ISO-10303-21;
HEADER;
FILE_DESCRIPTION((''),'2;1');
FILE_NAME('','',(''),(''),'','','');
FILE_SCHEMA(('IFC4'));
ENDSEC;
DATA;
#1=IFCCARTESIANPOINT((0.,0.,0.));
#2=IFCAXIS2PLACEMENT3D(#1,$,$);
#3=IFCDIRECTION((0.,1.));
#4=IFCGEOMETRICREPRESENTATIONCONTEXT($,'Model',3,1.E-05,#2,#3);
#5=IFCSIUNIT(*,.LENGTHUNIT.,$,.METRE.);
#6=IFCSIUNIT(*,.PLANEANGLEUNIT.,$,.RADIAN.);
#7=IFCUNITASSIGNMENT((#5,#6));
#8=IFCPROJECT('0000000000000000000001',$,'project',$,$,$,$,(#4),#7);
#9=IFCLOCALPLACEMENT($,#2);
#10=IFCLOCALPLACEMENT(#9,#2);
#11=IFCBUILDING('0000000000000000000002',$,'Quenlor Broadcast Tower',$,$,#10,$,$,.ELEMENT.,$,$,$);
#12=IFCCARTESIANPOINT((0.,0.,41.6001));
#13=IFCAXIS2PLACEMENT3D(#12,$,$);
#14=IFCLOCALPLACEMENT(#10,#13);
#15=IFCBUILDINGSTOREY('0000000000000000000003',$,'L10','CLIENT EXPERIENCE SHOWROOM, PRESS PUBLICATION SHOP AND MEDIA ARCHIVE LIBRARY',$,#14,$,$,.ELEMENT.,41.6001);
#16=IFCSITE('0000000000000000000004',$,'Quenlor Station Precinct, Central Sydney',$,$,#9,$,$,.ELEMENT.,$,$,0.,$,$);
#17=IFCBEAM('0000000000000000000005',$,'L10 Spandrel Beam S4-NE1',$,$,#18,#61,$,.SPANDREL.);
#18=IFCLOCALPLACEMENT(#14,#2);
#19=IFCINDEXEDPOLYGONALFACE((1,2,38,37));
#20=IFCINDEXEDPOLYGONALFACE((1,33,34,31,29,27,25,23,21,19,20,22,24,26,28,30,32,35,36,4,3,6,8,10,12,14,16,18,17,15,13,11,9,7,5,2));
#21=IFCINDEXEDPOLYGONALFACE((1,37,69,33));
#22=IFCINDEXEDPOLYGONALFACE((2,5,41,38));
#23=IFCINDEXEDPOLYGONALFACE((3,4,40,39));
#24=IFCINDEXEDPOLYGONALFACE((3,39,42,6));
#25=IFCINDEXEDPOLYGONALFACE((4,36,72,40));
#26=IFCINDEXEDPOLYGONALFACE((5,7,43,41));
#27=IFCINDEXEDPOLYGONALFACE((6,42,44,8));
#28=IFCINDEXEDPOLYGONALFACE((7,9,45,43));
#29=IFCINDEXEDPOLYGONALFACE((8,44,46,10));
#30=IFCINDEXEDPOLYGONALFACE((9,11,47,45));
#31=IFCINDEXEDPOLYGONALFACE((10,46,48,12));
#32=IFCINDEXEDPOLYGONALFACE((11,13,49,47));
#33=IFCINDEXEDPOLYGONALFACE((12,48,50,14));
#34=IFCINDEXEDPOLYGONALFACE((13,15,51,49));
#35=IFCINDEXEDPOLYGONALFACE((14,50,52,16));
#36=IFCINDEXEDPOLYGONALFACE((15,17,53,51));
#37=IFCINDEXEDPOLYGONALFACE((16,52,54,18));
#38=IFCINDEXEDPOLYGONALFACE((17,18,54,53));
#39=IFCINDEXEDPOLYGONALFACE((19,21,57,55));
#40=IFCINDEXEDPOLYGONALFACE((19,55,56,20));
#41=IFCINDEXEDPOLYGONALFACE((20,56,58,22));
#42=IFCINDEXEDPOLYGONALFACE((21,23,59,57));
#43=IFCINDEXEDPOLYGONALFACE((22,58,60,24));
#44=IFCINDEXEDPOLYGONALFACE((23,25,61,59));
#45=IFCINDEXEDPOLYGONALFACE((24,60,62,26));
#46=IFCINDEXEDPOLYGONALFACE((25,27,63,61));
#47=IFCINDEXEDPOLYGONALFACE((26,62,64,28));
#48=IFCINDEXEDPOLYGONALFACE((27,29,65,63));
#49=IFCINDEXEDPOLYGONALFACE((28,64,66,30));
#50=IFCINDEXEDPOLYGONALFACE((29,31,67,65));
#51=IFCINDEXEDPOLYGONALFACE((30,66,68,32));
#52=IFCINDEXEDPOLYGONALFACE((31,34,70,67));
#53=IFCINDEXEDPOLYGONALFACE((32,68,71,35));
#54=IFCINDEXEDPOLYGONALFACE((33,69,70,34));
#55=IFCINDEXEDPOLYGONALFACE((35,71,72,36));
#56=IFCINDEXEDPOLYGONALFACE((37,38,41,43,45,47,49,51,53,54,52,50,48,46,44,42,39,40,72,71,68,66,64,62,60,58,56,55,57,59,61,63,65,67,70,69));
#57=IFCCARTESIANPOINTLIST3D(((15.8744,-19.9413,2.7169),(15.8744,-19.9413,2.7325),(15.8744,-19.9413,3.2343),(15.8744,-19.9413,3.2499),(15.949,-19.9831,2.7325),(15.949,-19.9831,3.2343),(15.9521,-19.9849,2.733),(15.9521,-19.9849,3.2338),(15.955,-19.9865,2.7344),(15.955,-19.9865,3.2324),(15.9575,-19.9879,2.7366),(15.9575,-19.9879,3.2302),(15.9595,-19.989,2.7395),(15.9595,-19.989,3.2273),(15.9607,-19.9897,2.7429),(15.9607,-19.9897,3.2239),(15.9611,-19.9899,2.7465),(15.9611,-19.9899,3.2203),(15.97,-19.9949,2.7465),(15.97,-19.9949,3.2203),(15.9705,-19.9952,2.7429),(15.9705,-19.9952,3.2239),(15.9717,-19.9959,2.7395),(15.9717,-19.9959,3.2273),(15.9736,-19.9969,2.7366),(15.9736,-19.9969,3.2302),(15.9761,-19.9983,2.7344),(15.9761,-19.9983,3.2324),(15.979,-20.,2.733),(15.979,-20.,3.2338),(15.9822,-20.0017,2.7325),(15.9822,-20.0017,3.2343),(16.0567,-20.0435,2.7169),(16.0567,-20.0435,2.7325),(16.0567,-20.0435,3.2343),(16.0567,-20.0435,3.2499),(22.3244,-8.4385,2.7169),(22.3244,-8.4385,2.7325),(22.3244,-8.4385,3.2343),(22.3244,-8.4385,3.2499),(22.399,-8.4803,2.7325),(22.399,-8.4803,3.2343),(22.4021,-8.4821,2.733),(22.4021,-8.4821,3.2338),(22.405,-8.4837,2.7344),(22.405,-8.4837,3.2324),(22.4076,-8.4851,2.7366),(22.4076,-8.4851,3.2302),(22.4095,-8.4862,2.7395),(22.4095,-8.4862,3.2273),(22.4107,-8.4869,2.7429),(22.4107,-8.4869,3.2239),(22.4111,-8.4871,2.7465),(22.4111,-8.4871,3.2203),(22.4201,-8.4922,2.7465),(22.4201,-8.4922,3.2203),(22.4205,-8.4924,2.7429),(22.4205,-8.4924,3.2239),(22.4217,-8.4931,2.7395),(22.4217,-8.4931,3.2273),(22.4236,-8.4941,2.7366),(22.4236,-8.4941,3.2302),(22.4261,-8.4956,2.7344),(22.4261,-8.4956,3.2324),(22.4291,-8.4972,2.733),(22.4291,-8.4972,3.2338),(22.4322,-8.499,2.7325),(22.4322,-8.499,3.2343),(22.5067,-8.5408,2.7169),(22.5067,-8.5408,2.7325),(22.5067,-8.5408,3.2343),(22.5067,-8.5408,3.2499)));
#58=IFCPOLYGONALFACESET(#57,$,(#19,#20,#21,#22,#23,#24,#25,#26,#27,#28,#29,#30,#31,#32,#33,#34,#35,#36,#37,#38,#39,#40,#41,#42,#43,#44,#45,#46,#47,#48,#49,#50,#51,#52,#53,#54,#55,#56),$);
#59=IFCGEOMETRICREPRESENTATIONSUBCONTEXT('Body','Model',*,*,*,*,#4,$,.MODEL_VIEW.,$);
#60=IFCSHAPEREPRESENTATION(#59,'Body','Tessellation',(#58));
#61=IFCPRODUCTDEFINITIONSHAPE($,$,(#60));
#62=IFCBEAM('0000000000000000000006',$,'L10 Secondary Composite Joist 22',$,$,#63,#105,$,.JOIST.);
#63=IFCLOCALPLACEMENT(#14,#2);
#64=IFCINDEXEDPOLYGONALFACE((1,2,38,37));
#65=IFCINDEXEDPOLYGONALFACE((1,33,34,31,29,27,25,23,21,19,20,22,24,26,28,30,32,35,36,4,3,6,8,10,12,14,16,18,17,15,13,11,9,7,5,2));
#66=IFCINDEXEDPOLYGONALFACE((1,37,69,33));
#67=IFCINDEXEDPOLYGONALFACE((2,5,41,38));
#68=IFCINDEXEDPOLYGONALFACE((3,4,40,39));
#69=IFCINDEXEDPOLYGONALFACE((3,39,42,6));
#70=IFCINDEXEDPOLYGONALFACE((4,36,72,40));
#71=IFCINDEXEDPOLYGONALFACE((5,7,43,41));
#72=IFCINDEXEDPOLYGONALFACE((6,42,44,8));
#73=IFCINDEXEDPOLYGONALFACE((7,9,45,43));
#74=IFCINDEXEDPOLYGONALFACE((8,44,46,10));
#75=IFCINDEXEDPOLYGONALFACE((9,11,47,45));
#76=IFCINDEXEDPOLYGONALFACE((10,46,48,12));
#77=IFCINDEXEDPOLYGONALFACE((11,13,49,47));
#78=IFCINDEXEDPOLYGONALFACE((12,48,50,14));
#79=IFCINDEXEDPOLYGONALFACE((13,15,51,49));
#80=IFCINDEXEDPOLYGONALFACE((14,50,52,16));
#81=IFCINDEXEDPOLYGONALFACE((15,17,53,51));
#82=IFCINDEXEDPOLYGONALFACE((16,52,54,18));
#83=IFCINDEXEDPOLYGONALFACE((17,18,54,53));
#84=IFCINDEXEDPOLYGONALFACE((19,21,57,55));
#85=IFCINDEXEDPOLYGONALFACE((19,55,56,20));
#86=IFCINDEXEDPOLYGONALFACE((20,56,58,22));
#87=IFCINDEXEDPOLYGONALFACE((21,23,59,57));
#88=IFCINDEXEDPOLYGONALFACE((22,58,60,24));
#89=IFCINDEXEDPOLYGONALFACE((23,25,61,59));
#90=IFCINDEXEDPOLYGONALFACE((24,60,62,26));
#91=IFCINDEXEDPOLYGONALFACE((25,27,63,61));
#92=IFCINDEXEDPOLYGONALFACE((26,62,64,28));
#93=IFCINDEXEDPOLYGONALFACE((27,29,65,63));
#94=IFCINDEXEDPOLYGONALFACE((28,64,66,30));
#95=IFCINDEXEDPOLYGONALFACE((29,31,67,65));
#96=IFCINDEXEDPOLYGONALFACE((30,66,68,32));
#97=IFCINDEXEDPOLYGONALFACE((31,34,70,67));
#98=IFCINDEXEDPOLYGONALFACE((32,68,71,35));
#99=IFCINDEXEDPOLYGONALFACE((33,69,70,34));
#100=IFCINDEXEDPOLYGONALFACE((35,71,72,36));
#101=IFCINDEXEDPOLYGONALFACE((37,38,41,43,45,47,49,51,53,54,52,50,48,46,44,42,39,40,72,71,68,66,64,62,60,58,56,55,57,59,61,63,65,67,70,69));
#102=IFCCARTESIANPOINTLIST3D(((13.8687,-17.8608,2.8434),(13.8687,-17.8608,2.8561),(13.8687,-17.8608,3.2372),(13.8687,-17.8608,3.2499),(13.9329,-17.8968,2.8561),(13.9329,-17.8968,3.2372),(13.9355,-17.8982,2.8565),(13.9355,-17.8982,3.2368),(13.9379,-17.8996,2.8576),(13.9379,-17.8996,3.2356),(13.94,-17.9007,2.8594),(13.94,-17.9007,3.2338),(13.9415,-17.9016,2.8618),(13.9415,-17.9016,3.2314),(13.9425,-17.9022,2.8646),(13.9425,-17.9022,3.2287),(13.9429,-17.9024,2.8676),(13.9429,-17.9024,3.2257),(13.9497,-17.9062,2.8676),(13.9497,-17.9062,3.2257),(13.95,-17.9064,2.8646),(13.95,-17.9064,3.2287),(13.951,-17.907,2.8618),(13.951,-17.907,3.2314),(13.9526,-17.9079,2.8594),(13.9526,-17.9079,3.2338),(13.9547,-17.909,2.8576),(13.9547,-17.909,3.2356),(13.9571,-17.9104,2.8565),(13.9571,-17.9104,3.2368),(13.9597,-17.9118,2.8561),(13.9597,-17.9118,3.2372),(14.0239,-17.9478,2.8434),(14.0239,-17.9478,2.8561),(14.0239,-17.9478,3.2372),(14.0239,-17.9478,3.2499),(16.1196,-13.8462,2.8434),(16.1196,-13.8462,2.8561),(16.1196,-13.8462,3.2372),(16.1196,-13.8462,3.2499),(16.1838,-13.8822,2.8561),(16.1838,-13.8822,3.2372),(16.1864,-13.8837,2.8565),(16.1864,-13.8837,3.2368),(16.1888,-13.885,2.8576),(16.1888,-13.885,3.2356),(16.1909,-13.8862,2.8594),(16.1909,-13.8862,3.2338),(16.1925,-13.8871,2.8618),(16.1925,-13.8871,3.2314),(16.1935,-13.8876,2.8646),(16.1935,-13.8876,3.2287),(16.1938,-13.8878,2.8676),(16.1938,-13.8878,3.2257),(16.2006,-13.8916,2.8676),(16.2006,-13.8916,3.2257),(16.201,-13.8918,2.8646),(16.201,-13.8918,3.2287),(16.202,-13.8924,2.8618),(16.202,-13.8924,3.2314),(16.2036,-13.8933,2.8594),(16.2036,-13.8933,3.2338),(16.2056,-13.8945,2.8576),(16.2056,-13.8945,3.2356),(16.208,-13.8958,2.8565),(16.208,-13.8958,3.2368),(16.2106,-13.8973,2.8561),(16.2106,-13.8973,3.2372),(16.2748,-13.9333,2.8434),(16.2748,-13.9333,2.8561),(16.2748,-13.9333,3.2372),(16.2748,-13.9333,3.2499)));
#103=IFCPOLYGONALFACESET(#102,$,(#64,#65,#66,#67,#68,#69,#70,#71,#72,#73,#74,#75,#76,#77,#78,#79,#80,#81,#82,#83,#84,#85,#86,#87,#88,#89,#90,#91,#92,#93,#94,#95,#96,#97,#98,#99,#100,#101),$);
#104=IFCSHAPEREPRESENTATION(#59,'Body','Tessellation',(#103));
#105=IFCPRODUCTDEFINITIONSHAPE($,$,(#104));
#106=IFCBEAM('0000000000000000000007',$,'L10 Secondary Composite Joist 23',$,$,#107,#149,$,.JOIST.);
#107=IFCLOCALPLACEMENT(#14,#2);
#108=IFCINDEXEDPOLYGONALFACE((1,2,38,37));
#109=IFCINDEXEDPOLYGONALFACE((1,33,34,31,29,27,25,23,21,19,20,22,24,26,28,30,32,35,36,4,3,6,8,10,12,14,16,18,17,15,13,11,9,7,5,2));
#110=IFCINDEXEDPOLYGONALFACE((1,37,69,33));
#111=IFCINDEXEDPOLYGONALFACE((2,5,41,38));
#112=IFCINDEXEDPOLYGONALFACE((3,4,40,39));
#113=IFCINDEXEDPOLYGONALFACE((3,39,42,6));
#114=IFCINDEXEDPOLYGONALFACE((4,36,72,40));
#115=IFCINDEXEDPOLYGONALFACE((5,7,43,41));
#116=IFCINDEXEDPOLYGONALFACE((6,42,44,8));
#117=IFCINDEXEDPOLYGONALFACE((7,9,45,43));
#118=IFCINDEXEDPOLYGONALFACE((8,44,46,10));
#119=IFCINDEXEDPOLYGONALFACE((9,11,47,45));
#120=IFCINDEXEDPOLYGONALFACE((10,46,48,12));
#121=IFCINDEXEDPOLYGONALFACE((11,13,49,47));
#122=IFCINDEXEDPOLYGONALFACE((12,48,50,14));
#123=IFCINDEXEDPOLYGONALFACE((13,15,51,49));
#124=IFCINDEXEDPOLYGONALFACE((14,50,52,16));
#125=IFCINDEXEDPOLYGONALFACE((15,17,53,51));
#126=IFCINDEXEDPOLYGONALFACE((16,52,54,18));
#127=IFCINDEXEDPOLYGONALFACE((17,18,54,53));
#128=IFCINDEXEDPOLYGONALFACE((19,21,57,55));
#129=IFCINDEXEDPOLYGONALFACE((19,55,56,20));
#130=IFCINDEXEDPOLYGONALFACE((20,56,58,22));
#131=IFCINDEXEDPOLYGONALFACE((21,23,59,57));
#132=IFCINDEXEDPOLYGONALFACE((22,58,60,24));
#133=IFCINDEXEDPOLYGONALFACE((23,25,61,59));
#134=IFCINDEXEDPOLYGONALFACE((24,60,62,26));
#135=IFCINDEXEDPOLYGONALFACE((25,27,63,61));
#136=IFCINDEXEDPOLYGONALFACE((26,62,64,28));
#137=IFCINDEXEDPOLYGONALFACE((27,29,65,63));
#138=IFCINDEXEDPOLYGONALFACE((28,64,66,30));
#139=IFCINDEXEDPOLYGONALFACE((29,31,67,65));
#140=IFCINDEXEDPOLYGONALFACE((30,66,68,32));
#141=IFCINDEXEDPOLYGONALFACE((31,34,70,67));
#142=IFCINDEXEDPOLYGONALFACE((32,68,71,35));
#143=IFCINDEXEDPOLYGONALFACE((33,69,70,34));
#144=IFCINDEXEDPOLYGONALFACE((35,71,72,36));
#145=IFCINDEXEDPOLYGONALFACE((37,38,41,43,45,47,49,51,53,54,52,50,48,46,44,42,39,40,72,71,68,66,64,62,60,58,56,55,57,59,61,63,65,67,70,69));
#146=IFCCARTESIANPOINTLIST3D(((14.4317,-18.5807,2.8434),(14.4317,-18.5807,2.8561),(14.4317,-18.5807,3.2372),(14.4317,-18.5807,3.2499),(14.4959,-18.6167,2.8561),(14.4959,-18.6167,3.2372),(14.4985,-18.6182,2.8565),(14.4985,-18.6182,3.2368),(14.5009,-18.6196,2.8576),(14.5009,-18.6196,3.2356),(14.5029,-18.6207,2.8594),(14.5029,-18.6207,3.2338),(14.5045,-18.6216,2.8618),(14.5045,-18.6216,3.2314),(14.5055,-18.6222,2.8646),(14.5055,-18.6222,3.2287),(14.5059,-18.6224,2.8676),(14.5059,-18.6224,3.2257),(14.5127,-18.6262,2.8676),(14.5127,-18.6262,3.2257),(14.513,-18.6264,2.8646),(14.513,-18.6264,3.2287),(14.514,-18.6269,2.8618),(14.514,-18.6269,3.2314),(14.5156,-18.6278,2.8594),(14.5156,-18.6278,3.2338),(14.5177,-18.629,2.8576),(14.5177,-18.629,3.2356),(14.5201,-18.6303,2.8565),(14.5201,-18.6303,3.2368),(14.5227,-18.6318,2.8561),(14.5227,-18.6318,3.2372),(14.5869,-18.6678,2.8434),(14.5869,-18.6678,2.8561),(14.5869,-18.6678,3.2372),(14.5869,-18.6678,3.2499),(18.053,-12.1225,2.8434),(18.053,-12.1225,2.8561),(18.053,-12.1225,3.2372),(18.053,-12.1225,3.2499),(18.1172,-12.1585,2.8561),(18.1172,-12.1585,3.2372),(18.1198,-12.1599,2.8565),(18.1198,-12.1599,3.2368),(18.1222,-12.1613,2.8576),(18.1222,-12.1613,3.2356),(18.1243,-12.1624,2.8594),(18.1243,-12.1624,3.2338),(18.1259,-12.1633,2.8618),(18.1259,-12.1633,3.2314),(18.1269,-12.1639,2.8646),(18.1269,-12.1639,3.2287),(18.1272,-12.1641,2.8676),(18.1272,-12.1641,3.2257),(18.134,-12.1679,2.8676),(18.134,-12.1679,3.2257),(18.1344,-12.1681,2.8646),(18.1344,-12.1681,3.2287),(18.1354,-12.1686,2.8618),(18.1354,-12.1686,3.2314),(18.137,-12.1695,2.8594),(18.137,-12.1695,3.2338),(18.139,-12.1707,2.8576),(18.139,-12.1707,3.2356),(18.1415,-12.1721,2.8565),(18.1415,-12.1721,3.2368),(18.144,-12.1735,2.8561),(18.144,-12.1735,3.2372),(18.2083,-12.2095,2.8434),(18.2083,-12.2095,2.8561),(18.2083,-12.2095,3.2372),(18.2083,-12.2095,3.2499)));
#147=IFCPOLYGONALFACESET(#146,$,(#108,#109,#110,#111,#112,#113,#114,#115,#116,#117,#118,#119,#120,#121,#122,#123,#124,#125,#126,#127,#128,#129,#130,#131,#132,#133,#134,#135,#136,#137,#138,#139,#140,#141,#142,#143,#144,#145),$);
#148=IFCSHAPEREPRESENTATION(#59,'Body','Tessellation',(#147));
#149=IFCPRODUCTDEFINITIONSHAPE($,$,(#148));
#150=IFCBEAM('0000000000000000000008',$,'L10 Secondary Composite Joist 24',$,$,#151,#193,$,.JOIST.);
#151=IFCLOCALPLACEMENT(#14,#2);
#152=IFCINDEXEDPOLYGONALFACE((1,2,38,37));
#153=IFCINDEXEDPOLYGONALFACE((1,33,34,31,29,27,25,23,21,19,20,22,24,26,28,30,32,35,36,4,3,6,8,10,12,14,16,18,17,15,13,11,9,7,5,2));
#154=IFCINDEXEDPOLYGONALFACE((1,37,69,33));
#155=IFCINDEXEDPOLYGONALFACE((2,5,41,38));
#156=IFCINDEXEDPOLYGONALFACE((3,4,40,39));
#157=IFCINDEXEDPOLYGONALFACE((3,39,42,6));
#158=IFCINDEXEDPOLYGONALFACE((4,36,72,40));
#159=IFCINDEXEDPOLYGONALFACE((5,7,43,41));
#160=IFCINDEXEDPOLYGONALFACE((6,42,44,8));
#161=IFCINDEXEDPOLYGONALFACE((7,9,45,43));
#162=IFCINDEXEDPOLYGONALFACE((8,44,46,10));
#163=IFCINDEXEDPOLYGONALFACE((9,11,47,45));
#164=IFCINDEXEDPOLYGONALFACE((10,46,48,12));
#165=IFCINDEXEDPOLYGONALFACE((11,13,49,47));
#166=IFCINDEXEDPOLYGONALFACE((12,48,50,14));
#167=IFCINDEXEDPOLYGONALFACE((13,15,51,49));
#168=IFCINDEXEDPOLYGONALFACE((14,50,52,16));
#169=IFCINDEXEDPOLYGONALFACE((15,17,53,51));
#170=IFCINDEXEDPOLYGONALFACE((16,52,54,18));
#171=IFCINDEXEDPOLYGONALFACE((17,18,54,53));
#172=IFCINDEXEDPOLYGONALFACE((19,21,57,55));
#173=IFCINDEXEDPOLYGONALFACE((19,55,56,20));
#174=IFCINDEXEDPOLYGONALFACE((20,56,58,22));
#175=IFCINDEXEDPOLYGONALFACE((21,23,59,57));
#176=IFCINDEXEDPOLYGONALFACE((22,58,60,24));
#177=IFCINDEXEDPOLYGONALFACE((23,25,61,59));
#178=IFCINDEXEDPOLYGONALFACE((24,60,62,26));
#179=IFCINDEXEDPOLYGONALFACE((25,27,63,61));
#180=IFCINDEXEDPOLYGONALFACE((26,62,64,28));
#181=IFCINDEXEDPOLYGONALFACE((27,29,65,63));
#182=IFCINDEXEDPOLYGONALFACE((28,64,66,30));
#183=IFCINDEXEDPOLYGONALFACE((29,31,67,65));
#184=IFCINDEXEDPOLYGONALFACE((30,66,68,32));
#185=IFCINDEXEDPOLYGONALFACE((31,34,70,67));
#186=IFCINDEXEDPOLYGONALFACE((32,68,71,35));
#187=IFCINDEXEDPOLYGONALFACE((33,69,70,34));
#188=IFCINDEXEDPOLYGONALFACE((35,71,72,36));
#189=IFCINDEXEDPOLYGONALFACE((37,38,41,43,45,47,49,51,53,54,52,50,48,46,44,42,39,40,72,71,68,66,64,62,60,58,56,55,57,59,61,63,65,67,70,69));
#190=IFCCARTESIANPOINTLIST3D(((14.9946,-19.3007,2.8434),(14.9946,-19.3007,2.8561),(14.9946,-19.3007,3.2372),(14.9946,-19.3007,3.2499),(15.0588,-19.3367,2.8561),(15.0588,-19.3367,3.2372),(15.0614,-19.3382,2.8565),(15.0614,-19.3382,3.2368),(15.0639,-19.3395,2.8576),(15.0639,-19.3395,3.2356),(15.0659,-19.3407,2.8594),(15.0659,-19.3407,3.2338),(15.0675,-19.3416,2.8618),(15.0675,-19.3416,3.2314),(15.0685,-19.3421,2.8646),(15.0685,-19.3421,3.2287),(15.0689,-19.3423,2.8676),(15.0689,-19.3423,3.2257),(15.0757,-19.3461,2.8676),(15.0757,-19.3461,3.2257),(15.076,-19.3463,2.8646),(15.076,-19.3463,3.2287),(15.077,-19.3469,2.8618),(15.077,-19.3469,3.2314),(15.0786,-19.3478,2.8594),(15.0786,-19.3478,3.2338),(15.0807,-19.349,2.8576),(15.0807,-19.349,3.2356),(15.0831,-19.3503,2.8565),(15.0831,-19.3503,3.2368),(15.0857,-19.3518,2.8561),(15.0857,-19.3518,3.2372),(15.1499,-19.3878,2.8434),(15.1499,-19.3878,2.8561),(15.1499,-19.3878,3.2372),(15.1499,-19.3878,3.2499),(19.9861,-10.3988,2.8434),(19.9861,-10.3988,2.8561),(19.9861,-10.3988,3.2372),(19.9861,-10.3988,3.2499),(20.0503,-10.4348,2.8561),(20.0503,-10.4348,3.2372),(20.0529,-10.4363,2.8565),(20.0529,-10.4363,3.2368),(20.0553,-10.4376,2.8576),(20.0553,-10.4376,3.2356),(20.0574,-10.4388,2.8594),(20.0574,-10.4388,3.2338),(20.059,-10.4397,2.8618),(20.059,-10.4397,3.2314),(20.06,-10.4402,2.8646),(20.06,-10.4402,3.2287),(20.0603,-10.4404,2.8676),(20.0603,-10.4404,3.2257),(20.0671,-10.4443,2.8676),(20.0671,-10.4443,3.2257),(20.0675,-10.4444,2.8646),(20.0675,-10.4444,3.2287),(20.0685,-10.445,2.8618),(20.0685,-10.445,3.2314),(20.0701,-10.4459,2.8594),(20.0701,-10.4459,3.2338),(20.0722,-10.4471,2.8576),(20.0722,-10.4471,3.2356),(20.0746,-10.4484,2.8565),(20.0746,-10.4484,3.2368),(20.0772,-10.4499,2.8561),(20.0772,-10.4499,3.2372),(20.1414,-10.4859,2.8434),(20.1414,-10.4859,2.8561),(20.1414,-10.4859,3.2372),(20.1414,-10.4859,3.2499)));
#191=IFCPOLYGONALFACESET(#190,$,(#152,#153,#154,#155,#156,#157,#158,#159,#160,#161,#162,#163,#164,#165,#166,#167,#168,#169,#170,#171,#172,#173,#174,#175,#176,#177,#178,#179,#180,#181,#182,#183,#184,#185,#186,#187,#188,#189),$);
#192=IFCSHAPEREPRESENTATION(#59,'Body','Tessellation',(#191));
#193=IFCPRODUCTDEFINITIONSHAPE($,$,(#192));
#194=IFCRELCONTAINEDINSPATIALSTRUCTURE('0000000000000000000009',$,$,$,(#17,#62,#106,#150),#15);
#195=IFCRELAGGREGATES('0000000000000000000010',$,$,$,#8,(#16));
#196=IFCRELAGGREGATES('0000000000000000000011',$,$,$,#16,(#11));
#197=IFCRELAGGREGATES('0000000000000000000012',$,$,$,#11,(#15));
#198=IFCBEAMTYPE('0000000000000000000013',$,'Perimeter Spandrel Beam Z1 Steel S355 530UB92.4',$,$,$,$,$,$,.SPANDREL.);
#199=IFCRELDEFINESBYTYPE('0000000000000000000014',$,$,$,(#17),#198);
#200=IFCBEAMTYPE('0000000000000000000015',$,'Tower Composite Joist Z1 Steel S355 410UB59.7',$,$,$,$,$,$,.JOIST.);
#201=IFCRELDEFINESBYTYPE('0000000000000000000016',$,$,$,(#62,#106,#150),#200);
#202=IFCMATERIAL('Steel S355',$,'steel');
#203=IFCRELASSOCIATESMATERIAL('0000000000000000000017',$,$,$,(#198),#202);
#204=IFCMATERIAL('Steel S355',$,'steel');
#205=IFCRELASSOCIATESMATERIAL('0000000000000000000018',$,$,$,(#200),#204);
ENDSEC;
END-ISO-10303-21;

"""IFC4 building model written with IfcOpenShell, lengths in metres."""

from ifc_helpers import new_model, si_unit, direction, frame, origin, origin_2d, place, context, subcontext, project, spatial, i_section, extrude, material, material_profile, profile_set, type_object, element, save


model = new_model("IFC4")

# Units and contexts
model_context = context("Model", 3, precision=1e-05, world=origin(), true_north=direction((0.0, 1.0)))
body_context = subcontext(model_context, "Body", "Model", "MODEL_VIEW")
ifc_project = project(units=[si_unit("LENGTHUNIT", "METRE"), si_unit("PLANEANGLEUNIT", "RADIAN")], contexts=[model_context])

# Site, building, storey
site_placement = place(None, origin())
site = spatial("IfcSite", under=ifc_project, at=site_placement, Name="Quenlor Station Precinct, Central Sydney", CompositionType="ELEMENT", RefElevation=0.0)
building_placement = place(site_placement, origin())
building = spatial("IfcBuilding", under=site, at=building_placement, Name="Quenlor Broadcast Tower", CompositionType="ELEMENT")
storey_placement = place(building_placement, frame((0.0, 0.0, 41.6001)))
storey = spatial("IfcBuildingStorey", under=building, at=storey_placement, Name="L10", Description="CLIENT EXPERIENCE SHOWROOM, PRESS PUBLICATION SHOP AND MEDIA ARCHIVE LIBRARY", CompositionType="ELEMENT", Elevation=41.6001)

# Beams
ifc_material_1 = material(Name="Steel S355", Category="steel")
ifc_material_profile_1 = material_profile(ifc_material_1, i_section(OverallWidth=0.209, OverallDepth=0.533, WebThickness=0.0103, FlangeThickness=0.0156, FilletRadius=0.0139, at=origin_2d()))
ifc_profile_set_1 = profile_set([ifc_material_profile_1], Name="Steel S355 530UB92.4")
beam_type_1 = type_object("IfcBeamType", Name="Perimeter Spandrel Beam Z1 Steel S355 530UB92.4", PredefinedType="SPANDREL", material=ifc_profile_set_1)
beam_1_placement = place(storey_placement, frame((15.9656, -19.9924, 2.9834), z_axis=(0.489091, 0.872233, 0.0), x_axis=(-0.872233, 0.489091, 0.0)))
element("IfcBeam", 1, at=beam_1_placement, inside=storey, type_object=beam_type_1, Name="L10 Spandrel Beam S4-NE1", PredefinedType="SPANDREL", context=body_context, shape_type="SweptSolid", body=[
    extrude(i_section(OverallWidth=0.209, OverallDepth=0.533, WebThickness=0.0103, FlangeThickness=0.0156, FilletRadius=0.0139, at=origin_2d()), origin(), (0.0, 0.0, 1.0), 13.1877),
])
ifc_material_2 = material(Name="Steel S355", Category="steel")
ifc_material_profile_2 = material_profile(ifc_material_2, i_section(OverallWidth=0.178, OverallDepth=0.4065, WebThickness=0.0078, FlangeThickness=0.0127, FilletRadius=0.0115, at=origin_2d()))
ifc_profile_set_2 = profile_set([ifc_material_profile_2], Name="Steel S355 410UB59.7")
beam_type_2 = type_object("IfcBeamType", Name="Tower Composite Joist Z1 Steel S355 410UB59.7", PredefinedType="JOIST", material=ifc_profile_set_2)
beam_2_placement = place(storey_placement, frame((13.9463, -17.9043, 3.0466), z_axis=(0.489062, 0.872249, 0.0), x_axis=(-0.872249, 0.489062, 0.0)))
element("IfcBeam", 2, at=beam_2_placement, inside=storey, type_object=beam_type_2, Name="L10 Secondary Composite Joist 22", PredefinedType="JOIST", context=body_context, shape_type="SweptSolid", body=[
    extrude(i_section(OverallWidth=0.178, OverallDepth=0.4065, WebThickness=0.0078, FlangeThickness=0.0127, FilletRadius=0.0115, at=origin_2d()), origin(), (0.0, 0.0, 1.0), 4.6025),
])
beam_3_placement = place(storey_placement, frame((14.5093, -18.6243, 3.0466), z_axis=(0.489088, 0.872234, 0.0), x_axis=(-0.872234, 0.489088, 0.0)))
element("IfcBeam", 3, at=beam_3_placement, inside=storey, type_object=beam_type_2, Name="L10 Secondary Composite Joist 23", PredefinedType="JOIST", context=body_context, shape_type="SweptSolid", body=[
    extrude(i_section(OverallWidth=0.178, OverallDepth=0.4065, WebThickness=0.0078, FlangeThickness=0.0127, FilletRadius=0.0115, at=origin_2d()), origin(), (0.0, 0.0, 1.0), 7.4043),
])
beam_4_placement = place(storey_placement, frame((15.0723, -19.3442, 3.0466), z_axis=(0.489082, 0.872238, 0.0), x_axis=(-0.872238, 0.489082, 0.0)))
element("IfcBeam", 4, at=beam_4_placement, inside=storey, type_object=beam_type_2, Name="L10 Secondary Composite Joist 24", PredefinedType="JOIST", context=body_context, shape_type="SweptSolid", body=[
    extrude(i_section(OverallWidth=0.178, OverallDepth=0.4065, WebThickness=0.0078, FlangeThickness=0.0127, FilletRadius=0.0115, at=origin_2d()), origin(), (0.0, 0.0, 1.0), 10.2058),
])

save(model, "model.ifc")
